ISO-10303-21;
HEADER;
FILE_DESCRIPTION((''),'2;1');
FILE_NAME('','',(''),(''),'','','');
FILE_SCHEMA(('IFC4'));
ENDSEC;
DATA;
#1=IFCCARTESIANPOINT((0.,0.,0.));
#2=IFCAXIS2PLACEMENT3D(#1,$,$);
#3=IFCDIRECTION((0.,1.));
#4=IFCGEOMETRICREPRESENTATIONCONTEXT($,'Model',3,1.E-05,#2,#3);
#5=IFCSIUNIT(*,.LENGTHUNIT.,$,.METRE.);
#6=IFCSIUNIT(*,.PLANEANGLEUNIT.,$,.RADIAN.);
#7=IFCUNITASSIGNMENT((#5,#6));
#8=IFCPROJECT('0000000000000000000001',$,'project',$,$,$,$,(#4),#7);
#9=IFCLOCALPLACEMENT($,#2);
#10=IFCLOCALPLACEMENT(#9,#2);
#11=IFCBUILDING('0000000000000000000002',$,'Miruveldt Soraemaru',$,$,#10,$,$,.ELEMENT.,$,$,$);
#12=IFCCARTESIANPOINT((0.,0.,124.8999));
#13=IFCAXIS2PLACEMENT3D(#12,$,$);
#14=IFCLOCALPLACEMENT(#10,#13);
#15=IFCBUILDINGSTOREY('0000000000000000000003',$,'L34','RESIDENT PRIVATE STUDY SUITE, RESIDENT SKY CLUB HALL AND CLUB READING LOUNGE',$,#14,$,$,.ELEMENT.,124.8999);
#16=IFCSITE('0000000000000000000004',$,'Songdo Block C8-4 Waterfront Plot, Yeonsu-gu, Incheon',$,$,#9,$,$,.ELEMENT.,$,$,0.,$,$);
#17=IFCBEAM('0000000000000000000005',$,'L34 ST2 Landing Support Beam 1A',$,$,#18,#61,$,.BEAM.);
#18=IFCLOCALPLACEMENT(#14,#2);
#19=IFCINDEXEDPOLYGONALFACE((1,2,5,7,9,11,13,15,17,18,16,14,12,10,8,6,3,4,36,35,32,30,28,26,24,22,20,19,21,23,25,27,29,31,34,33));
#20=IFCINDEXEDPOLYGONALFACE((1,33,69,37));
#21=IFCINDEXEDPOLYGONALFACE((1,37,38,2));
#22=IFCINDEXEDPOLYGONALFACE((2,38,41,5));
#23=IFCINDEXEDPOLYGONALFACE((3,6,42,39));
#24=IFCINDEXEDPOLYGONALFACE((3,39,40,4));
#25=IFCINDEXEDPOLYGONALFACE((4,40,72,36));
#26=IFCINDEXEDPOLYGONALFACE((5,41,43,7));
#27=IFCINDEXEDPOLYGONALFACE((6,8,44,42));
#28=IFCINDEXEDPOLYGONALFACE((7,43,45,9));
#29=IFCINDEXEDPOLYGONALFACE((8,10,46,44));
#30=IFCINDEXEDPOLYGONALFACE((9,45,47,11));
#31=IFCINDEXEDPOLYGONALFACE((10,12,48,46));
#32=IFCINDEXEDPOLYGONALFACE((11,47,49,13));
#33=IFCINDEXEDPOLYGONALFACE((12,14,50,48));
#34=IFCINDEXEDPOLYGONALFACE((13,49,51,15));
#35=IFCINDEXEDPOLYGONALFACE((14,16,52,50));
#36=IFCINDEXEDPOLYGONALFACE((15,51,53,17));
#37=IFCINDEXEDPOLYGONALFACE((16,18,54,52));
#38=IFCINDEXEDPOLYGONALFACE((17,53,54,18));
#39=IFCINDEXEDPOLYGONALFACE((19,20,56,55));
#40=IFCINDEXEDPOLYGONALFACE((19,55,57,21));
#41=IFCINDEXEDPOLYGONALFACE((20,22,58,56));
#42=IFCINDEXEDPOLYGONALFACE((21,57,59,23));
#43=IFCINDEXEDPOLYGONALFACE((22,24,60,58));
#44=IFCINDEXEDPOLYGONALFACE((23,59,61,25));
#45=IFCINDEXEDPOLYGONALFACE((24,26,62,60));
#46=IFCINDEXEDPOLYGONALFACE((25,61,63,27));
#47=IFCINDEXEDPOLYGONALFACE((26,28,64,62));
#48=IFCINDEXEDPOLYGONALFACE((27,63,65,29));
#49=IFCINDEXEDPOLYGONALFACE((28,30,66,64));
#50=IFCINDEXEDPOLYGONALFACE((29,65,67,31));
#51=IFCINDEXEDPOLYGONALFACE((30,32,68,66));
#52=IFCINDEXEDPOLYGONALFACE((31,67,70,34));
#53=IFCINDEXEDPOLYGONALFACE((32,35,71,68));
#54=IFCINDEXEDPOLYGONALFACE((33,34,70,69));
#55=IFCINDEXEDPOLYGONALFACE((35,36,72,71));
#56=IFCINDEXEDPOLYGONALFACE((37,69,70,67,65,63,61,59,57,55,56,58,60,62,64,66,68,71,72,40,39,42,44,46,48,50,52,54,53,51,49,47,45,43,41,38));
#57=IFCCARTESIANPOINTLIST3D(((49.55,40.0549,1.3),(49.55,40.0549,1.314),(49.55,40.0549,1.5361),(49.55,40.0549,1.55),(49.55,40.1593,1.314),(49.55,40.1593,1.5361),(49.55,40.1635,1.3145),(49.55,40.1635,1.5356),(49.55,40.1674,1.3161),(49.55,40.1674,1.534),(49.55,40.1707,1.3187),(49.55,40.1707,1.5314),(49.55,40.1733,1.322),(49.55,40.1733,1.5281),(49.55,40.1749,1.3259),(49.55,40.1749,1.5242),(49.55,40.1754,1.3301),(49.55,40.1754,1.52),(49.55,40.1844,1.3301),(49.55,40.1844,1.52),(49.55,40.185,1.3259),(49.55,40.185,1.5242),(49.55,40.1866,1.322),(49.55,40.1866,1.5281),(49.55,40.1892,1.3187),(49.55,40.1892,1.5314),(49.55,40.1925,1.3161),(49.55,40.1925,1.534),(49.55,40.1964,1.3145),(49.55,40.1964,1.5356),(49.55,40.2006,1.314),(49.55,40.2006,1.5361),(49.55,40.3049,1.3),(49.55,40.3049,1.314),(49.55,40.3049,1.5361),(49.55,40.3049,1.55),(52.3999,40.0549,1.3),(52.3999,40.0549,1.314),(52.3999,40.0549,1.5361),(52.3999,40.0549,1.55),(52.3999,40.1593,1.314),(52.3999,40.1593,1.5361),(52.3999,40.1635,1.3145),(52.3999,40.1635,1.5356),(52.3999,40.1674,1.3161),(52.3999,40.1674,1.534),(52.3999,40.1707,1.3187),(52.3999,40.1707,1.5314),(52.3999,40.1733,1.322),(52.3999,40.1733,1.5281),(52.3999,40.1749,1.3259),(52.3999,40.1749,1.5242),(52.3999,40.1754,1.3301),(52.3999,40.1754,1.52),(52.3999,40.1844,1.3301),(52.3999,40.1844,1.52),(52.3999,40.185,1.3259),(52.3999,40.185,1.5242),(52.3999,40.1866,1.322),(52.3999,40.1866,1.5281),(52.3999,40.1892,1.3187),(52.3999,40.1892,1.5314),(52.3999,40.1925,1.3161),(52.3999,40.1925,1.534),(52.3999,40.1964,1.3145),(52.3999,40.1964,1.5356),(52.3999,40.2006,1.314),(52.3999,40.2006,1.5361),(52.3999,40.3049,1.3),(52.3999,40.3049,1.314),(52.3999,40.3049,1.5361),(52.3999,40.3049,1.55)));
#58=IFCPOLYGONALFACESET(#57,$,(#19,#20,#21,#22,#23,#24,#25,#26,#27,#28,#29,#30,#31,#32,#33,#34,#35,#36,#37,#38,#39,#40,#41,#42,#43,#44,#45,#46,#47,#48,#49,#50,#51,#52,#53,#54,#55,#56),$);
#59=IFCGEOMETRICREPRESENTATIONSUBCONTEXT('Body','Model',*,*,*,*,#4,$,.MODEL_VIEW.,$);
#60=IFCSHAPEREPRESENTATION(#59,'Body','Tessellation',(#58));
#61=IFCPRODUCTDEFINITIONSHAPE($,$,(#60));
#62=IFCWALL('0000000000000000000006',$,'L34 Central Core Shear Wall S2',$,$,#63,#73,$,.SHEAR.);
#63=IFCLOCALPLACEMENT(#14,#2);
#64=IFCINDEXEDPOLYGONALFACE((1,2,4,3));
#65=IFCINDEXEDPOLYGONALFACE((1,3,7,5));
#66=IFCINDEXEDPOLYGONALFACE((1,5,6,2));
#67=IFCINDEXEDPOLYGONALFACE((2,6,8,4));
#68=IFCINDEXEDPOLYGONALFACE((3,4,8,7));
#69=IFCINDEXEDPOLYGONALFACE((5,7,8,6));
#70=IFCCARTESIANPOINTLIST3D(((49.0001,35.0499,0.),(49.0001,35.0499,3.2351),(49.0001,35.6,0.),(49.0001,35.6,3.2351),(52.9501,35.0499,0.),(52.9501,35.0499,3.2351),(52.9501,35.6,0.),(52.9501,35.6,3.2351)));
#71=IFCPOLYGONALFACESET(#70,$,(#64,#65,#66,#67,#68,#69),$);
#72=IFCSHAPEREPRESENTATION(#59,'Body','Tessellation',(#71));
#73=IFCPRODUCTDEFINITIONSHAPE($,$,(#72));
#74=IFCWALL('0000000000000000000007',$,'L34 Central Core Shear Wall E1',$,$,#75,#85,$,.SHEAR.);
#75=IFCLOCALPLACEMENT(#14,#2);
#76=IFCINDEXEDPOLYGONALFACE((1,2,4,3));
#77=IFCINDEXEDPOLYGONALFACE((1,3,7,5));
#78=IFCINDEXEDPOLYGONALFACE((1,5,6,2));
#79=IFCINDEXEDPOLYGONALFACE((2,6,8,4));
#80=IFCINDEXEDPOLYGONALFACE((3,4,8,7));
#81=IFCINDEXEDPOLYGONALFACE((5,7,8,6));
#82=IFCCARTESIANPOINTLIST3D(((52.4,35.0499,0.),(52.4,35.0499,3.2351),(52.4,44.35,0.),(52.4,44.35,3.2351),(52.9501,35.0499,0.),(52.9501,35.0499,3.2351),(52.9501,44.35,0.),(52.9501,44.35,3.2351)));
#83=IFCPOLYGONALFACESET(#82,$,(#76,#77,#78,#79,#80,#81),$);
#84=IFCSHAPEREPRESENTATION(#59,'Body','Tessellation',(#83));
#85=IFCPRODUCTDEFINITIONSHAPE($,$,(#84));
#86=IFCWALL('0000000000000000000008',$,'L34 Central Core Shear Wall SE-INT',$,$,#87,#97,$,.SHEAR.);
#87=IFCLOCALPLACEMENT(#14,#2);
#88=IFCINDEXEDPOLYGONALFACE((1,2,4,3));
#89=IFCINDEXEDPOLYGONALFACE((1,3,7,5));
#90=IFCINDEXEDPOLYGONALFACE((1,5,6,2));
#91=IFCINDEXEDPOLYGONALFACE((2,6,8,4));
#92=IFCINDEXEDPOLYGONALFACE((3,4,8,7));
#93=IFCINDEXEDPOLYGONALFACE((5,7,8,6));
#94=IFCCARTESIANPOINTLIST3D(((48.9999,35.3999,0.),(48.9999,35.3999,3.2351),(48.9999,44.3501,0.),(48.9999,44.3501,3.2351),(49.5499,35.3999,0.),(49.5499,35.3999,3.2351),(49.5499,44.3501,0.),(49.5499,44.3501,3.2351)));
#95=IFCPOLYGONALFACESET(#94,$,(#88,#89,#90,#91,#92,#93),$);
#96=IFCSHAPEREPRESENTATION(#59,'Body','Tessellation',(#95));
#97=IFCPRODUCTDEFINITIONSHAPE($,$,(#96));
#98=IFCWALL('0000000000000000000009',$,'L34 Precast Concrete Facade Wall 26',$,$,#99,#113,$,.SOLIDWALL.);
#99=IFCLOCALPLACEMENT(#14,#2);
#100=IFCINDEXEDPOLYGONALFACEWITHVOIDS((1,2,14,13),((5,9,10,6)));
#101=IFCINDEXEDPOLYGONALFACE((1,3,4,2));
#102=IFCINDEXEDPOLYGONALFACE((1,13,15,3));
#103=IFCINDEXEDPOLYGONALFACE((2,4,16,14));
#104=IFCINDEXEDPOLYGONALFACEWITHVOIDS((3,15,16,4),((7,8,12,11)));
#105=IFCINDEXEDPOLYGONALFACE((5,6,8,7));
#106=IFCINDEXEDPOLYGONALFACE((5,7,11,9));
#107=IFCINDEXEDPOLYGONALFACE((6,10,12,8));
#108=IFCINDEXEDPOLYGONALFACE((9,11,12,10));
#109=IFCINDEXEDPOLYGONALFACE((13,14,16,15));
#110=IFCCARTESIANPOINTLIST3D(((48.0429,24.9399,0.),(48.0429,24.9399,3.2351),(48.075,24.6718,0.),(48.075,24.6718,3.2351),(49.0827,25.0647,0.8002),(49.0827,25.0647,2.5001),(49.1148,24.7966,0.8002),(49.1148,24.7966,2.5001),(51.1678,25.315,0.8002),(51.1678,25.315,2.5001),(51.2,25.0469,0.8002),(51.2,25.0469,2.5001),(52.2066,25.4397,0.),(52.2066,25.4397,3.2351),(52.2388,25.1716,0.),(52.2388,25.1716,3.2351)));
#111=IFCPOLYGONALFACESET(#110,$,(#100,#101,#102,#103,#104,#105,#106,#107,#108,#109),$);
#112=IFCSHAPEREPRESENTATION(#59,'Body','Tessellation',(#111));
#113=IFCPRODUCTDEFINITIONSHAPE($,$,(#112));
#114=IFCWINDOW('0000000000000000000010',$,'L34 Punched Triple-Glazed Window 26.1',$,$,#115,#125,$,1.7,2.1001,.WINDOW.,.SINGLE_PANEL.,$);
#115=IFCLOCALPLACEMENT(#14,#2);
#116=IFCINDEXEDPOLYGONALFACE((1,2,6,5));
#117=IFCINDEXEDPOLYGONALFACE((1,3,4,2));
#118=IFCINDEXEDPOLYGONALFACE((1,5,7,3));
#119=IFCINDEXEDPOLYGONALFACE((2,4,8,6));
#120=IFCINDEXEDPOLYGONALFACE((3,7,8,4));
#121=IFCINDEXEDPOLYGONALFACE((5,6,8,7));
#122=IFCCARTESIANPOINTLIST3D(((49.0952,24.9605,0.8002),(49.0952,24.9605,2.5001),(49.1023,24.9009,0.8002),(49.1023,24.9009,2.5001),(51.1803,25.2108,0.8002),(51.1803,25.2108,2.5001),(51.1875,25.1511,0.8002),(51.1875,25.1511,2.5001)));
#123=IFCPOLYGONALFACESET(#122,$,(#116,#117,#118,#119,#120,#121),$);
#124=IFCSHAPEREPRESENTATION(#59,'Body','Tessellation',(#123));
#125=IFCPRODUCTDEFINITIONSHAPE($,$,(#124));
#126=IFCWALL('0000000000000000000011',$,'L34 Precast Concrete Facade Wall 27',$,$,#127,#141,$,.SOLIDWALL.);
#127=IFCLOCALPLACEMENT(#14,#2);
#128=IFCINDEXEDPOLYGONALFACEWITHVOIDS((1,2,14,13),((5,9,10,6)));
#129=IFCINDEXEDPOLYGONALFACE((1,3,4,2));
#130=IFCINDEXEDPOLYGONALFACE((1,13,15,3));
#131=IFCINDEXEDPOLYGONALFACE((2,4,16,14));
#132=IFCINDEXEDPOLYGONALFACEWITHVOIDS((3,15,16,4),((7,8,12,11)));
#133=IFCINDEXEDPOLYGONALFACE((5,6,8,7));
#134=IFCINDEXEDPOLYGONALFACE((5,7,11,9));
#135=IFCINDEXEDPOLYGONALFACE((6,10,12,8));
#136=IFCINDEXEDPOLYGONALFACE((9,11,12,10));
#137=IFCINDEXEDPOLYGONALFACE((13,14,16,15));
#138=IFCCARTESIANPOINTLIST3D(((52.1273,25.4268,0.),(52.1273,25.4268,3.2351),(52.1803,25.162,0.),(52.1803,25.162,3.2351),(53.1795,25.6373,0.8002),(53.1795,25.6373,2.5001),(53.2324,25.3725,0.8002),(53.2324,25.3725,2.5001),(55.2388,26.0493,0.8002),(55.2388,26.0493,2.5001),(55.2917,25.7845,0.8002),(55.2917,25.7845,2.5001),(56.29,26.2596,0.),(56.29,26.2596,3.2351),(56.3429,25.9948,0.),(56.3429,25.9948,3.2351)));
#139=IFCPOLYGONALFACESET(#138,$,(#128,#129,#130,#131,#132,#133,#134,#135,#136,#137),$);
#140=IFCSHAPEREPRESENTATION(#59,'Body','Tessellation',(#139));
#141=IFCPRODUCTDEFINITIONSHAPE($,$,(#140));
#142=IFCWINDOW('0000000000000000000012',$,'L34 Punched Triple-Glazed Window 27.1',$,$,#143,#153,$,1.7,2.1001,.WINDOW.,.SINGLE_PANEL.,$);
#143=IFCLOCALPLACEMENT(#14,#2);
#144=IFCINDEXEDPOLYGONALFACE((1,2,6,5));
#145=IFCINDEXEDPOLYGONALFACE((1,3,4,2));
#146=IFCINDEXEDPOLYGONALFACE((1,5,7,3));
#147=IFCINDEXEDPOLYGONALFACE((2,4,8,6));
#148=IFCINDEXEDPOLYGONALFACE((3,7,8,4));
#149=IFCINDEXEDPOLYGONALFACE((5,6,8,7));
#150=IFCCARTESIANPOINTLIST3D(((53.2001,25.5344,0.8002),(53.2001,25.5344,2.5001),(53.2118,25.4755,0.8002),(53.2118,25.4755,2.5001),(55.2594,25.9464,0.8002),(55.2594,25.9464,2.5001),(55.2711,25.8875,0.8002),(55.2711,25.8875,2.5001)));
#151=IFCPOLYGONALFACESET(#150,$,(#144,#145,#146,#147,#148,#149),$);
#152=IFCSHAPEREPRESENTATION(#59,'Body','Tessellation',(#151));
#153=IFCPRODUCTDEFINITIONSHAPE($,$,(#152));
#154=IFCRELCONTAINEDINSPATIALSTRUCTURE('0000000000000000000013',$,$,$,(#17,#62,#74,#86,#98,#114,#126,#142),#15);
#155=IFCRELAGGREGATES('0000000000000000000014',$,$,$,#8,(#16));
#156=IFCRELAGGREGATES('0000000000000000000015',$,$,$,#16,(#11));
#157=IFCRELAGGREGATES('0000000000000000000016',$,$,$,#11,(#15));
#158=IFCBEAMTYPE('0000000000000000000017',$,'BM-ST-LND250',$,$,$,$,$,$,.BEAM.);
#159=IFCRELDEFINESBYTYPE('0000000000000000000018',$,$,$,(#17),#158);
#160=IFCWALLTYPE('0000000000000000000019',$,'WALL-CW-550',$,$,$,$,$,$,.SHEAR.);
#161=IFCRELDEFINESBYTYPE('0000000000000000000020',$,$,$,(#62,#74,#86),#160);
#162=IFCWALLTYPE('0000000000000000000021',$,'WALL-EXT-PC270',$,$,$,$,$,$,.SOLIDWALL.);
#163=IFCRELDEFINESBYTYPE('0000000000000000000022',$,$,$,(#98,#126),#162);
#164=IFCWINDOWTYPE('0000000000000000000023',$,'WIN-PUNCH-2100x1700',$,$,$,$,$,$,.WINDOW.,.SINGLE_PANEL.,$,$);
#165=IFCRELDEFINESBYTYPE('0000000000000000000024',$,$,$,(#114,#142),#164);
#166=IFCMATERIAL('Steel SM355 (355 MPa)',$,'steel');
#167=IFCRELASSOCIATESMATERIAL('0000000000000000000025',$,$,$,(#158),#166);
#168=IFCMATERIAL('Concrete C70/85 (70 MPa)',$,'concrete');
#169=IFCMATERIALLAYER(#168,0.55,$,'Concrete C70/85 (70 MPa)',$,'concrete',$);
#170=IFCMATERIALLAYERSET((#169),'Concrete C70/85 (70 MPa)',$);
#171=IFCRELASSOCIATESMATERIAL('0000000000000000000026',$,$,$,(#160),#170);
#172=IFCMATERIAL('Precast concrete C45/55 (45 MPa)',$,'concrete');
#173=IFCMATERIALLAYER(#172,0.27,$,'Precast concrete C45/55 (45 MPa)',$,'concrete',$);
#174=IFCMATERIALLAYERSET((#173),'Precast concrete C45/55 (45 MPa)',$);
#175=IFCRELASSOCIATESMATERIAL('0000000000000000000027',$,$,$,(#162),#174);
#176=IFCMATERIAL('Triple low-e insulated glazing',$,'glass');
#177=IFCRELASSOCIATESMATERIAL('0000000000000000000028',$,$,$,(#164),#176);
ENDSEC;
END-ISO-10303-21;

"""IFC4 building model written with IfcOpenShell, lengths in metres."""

from ifc_helpers import new_model, si_unit, direction, frame, frame_2d, origin, origin_2d, place, context, subcontext, project, spatial, rectangle, i_section, extrude, material, layer, layer_set, material_profile, profile_set, type_object, element, fill, save


model = new_model("IFC4")

# Units and contexts
model_context = context("Model", 3, precision=1e-05, world=origin(), true_north=direction((0.0, 1.0)))
body_context = subcontext(model_context, "Body", "Model", "MODEL_VIEW")
ifc_project = project(units=[si_unit("LENGTHUNIT", "METRE"), si_unit("PLANEANGLEUNIT", "RADIAN")], contexts=[model_context])

# Site, building, storey
site_placement = place(None, origin())
site = spatial("IfcSite", under=ifc_project, at=site_placement, Name="Songdo Block C8-4 Waterfront Plot, Yeonsu-gu, Incheon", CompositionType="ELEMENT", RefElevation=0.0)
building_placement = place(site_placement, origin())
building = spatial("IfcBuilding", under=site, at=building_placement, Name="Miruveldt Soraemaru", CompositionType="ELEMENT")
storey_placement = place(building_placement, frame((0.0, 0.0, 124.8999)))
storey = spatial("IfcBuildingStorey", under=building, at=storey_placement, Name="L34", Description="RESIDENT PRIVATE STUDY SUITE, RESIDENT SKY CLUB HALL AND CLUB READING LOUNGE", CompositionType="ELEMENT", Elevation=124.8999)

# Shared definitions
ifc_material_1 = material(Name="Concrete C70/85 (70 MPa)", Category="concrete")

# Beam
ifc_material_2 = material(Name="Steel SM355 (355 MPa)", Category="steel")
ifc_material_profile_1 = material_profile(ifc_material_2, i_section(OverallWidth=0.25, OverallDepth=0.25, WebThickness=0.009, FlangeThickness=0.0139, FilletRadius=0.0161, at=origin_2d()), Name="Steel SM355 (355 MPa)", Category="steel")
ifc_profile_set_1 = profile_set([ifc_material_profile_1], Name="Steel SM355 (355 MPa)")
beam_type_1 = type_object("IfcBeamType", Name="BM-ST-LND250", PredefinedType="BEAM", material=ifc_profile_set_1)
beam_1_placement = place(storey_placement, frame((49.55, 40.1799, 1.425), z_axis=(1.0, 0.0, 0.0), x_axis=(0.0, 1.0, 0.0)))
element("IfcBeam", 1, at=beam_1_placement, inside=storey, type_object=beam_type_1, Name="L34 ST2 Landing Support Beam 1A", PredefinedType="BEAM", context=body_context, shape_type="SweptSolid", body=[
    extrude(i_section(OverallWidth=0.25, OverallDepth=0.25, WebThickness=0.009, FlangeThickness=0.0139, FilletRadius=0.0161, at=origin_2d()), origin(), (0.0, 0.0, 1.0), 2.8499),
])

# Walls
ifc_layer_1 = layer(ifc_material_1, 0.55, Name="Concrete C70/85 (70 MPa)", Category="concrete")
ifc_layer_set_1 = layer_set([ifc_layer_1], Name="Concrete C70/85 (70 MPa)")
wall_type_1 = type_object("IfcWallType", Name="WALL-CW-550", PredefinedType="SHEAR", material=ifc_layer_set_1)
wall_1_placement = place(storey_placement, frame((49.0, 35.325, 0.0), z_axis=(0.0, 0.0, 1.0), x_axis=(1.0, 0.0, 0.0)))
element("IfcWall", 2, at=wall_1_placement, inside=storey, type_object=wall_type_1, Name="L34 Central Core Shear Wall S2", PredefinedType="SHEAR", context=body_context, shape_type="SweptSolid", body=[
    extrude(rectangle(XDim=3.95, YDim=0.55, at=frame_2d((1.9751, 0.0))), origin(), (0.0, 0.0, 1.0), 3.2351),
])
wall_2_placement = place(storey_placement, frame((52.675, 35.05, 0.0), z_axis=(0.0, 0.0, 1.0), x_axis=(0.0, 1.0, 0.0)))
element("IfcWall", 3, at=wall_2_placement, inside=storey, type_object=wall_type_1, Name="L34 Central Core Shear Wall E1", PredefinedType="SHEAR", context=body_context, shape_type="SweptSolid", body=[
    extrude(rectangle(XDim=9.3, YDim=0.55, at=frame_2d((4.6499, 0.0))), origin(), (0.0, 0.0, 1.0), 3.2351),
])
wall_3_placement = place(storey_placement, frame((49.2749, 35.3999, 0.0), z_axis=(0.0, 0.0, 1.0), x_axis=(0.0, 1.0, 0.0)))
element("IfcWall", 4, at=wall_3_placement, inside=storey, type_object=wall_type_1, Name="L34 Central Core Shear Wall SE-INT", PredefinedType="SHEAR", context=body_context, shape_type="SweptSolid", body=[
    extrude(rectangle(XDim=8.9502, YDim=0.55, at=frame_2d((4.4751, 0.0))), origin(), (0.0, 0.0, 1.0), 3.2351),
])

# Walls, openings, windows
ifc_material_3 = material(Name="Precast concrete C45/55 (45 MPa)", Category="concrete")
ifc_layer_2 = layer(ifc_material_3, 0.27, Name="Precast concrete C45/55 (45 MPa)", Category="concrete")
ifc_layer_set_2 = layer_set([ifc_layer_2], Name="Precast concrete C45/55 (45 MPa)")
wall_type_2 = type_object("IfcWallType", Name="WALL-EXT-PC270", PredefinedType="SOLIDWALL", material=ifc_layer_set_2)
wall_4_placement = place(storey_placement, frame((48.0591, 24.8059, 0.0), z_axis=(0.0, 0.0, 1.0), x_axis=(0.992874, 0.119168, 0.0)))
wall_4 = element("IfcWall", 5, at=wall_4_placement, inside=storey, type_object=wall_type_2, Name="L34 Precast Concrete Facade Wall 26", PredefinedType="SOLIDWALL", context=body_context, shape_type="SweptSolid", body=[
    extrude(rectangle(XDim=4.1936, YDim=0.27, at=frame_2d((2.0967, 0.0))), origin(), (0.0, 0.0, 1.0), 3.2351),
])
opening_1_placement = place(wall_4_placement, frame((1.0471, 0.0, 0.8)))
opening_1 = element("IfcOpeningElement", 6, at=opening_1_placement, cuts=wall_4, PredefinedType="OPENING", context=body_context, shape_type="SweptSolid", body=[
    extrude(rectangle(XDim=2.1001, YDim=1.7, at=frame_2d((1.05, 0.8501))), frame((0.0, 0.145, 0.0), z_axis=(0.0, -1.0, 0.0), x_axis=(1.0, 0.0, 0.0)), (0.0, 0.0, 1.0), 0.29),
])
ifc_material_4 = material(Name="Triple low-e insulated glazing", Category="glass")
window_type = type_object("IfcWindowType", Name="WIN-PUNCH-2100x1700", PartitioningType="SINGLE_PANEL", PredefinedType="WINDOW", material=ifc_material_4)
window_1_placement = place(opening_1_placement, origin())
window_1 = element("IfcWindow", 7, at=window_1_placement, inside=storey, type_object=window_type, Name="L34 Punched Triple-Glazed Window 26.1", OverallHeight=1.7, OverallWidth=2.1001, PartitioningType="SINGLE_PANEL", PredefinedType="WINDOW", context=body_context, shape_type="SweptSolid", body=[
    extrude(rectangle(XDim=2.1001, YDim=1.7, at=frame_2d((1.05, 0.8501))), frame((0.0, 0.03, 0.0), z_axis=(0.0, -1.0, 0.0), x_axis=(1.0, 0.0, 0.0)), (0.0, 0.0, 1.0), 0.0601),
])
fill(opening_1, window_1)
wall_5_placement = place(storey_placement, frame((52.1538, 25.2944, 0.0), z_axis=(0.0, 0.0, 1.0), x_axis=(0.98057, 0.196171, 0.0)))
wall_5 = element("IfcWall", 8, at=wall_5_placement, inside=storey, type_object=wall_type_2, Name="L34 Precast Concrete Facade Wall 27", PredefinedType="SOLIDWALL", context=body_context, shape_type="SweptSolid", body=[
    extrude(rectangle(XDim=4.2451, YDim=0.27, at=frame_2d((2.1226, 0.0))), origin(), (0.0, 0.0, 1.0), 3.2351),
])
opening_2_placement = place(wall_5_placement, frame((1.073, 0.0, 0.8)))
opening_2 = element("IfcOpeningElement", 9, at=opening_2_placement, cuts=wall_5, PredefinedType="OPENING", context=body_context, shape_type="SweptSolid", body=[
    extrude(rectangle(XDim=2.1001, YDim=1.7, at=frame_2d((1.05, 0.8501))), frame((0.0, 0.145, 0.0), z_axis=(0.0, -1.0, 0.0), x_axis=(1.0, 0.0, 0.0)), (0.0, 0.0, 1.0), 0.29),
])
window_2_placement = place(opening_2_placement, origin())
window_2 = element("IfcWindow", 10, at=window_2_placement, inside=storey, type_object=window_type, Name="L34 Punched Triple-Glazed Window 27.1", OverallHeight=1.7, OverallWidth=2.1001, PartitioningType="SINGLE_PANEL", PredefinedType="WINDOW", context=body_context, shape_type="SweptSolid", body=[
    extrude(rectangle(XDim=2.1001, YDim=1.7, at=frame_2d((1.05, 0.8501))), frame((0.0, 0.03, 0.0), z_axis=(0.0, -1.0, 0.0), x_axis=(1.0, 0.0, 0.0)), (0.0, 0.0, 1.0), 0.0601),
])
fill(opening_2, window_2)

save(model, "model.ifc")
